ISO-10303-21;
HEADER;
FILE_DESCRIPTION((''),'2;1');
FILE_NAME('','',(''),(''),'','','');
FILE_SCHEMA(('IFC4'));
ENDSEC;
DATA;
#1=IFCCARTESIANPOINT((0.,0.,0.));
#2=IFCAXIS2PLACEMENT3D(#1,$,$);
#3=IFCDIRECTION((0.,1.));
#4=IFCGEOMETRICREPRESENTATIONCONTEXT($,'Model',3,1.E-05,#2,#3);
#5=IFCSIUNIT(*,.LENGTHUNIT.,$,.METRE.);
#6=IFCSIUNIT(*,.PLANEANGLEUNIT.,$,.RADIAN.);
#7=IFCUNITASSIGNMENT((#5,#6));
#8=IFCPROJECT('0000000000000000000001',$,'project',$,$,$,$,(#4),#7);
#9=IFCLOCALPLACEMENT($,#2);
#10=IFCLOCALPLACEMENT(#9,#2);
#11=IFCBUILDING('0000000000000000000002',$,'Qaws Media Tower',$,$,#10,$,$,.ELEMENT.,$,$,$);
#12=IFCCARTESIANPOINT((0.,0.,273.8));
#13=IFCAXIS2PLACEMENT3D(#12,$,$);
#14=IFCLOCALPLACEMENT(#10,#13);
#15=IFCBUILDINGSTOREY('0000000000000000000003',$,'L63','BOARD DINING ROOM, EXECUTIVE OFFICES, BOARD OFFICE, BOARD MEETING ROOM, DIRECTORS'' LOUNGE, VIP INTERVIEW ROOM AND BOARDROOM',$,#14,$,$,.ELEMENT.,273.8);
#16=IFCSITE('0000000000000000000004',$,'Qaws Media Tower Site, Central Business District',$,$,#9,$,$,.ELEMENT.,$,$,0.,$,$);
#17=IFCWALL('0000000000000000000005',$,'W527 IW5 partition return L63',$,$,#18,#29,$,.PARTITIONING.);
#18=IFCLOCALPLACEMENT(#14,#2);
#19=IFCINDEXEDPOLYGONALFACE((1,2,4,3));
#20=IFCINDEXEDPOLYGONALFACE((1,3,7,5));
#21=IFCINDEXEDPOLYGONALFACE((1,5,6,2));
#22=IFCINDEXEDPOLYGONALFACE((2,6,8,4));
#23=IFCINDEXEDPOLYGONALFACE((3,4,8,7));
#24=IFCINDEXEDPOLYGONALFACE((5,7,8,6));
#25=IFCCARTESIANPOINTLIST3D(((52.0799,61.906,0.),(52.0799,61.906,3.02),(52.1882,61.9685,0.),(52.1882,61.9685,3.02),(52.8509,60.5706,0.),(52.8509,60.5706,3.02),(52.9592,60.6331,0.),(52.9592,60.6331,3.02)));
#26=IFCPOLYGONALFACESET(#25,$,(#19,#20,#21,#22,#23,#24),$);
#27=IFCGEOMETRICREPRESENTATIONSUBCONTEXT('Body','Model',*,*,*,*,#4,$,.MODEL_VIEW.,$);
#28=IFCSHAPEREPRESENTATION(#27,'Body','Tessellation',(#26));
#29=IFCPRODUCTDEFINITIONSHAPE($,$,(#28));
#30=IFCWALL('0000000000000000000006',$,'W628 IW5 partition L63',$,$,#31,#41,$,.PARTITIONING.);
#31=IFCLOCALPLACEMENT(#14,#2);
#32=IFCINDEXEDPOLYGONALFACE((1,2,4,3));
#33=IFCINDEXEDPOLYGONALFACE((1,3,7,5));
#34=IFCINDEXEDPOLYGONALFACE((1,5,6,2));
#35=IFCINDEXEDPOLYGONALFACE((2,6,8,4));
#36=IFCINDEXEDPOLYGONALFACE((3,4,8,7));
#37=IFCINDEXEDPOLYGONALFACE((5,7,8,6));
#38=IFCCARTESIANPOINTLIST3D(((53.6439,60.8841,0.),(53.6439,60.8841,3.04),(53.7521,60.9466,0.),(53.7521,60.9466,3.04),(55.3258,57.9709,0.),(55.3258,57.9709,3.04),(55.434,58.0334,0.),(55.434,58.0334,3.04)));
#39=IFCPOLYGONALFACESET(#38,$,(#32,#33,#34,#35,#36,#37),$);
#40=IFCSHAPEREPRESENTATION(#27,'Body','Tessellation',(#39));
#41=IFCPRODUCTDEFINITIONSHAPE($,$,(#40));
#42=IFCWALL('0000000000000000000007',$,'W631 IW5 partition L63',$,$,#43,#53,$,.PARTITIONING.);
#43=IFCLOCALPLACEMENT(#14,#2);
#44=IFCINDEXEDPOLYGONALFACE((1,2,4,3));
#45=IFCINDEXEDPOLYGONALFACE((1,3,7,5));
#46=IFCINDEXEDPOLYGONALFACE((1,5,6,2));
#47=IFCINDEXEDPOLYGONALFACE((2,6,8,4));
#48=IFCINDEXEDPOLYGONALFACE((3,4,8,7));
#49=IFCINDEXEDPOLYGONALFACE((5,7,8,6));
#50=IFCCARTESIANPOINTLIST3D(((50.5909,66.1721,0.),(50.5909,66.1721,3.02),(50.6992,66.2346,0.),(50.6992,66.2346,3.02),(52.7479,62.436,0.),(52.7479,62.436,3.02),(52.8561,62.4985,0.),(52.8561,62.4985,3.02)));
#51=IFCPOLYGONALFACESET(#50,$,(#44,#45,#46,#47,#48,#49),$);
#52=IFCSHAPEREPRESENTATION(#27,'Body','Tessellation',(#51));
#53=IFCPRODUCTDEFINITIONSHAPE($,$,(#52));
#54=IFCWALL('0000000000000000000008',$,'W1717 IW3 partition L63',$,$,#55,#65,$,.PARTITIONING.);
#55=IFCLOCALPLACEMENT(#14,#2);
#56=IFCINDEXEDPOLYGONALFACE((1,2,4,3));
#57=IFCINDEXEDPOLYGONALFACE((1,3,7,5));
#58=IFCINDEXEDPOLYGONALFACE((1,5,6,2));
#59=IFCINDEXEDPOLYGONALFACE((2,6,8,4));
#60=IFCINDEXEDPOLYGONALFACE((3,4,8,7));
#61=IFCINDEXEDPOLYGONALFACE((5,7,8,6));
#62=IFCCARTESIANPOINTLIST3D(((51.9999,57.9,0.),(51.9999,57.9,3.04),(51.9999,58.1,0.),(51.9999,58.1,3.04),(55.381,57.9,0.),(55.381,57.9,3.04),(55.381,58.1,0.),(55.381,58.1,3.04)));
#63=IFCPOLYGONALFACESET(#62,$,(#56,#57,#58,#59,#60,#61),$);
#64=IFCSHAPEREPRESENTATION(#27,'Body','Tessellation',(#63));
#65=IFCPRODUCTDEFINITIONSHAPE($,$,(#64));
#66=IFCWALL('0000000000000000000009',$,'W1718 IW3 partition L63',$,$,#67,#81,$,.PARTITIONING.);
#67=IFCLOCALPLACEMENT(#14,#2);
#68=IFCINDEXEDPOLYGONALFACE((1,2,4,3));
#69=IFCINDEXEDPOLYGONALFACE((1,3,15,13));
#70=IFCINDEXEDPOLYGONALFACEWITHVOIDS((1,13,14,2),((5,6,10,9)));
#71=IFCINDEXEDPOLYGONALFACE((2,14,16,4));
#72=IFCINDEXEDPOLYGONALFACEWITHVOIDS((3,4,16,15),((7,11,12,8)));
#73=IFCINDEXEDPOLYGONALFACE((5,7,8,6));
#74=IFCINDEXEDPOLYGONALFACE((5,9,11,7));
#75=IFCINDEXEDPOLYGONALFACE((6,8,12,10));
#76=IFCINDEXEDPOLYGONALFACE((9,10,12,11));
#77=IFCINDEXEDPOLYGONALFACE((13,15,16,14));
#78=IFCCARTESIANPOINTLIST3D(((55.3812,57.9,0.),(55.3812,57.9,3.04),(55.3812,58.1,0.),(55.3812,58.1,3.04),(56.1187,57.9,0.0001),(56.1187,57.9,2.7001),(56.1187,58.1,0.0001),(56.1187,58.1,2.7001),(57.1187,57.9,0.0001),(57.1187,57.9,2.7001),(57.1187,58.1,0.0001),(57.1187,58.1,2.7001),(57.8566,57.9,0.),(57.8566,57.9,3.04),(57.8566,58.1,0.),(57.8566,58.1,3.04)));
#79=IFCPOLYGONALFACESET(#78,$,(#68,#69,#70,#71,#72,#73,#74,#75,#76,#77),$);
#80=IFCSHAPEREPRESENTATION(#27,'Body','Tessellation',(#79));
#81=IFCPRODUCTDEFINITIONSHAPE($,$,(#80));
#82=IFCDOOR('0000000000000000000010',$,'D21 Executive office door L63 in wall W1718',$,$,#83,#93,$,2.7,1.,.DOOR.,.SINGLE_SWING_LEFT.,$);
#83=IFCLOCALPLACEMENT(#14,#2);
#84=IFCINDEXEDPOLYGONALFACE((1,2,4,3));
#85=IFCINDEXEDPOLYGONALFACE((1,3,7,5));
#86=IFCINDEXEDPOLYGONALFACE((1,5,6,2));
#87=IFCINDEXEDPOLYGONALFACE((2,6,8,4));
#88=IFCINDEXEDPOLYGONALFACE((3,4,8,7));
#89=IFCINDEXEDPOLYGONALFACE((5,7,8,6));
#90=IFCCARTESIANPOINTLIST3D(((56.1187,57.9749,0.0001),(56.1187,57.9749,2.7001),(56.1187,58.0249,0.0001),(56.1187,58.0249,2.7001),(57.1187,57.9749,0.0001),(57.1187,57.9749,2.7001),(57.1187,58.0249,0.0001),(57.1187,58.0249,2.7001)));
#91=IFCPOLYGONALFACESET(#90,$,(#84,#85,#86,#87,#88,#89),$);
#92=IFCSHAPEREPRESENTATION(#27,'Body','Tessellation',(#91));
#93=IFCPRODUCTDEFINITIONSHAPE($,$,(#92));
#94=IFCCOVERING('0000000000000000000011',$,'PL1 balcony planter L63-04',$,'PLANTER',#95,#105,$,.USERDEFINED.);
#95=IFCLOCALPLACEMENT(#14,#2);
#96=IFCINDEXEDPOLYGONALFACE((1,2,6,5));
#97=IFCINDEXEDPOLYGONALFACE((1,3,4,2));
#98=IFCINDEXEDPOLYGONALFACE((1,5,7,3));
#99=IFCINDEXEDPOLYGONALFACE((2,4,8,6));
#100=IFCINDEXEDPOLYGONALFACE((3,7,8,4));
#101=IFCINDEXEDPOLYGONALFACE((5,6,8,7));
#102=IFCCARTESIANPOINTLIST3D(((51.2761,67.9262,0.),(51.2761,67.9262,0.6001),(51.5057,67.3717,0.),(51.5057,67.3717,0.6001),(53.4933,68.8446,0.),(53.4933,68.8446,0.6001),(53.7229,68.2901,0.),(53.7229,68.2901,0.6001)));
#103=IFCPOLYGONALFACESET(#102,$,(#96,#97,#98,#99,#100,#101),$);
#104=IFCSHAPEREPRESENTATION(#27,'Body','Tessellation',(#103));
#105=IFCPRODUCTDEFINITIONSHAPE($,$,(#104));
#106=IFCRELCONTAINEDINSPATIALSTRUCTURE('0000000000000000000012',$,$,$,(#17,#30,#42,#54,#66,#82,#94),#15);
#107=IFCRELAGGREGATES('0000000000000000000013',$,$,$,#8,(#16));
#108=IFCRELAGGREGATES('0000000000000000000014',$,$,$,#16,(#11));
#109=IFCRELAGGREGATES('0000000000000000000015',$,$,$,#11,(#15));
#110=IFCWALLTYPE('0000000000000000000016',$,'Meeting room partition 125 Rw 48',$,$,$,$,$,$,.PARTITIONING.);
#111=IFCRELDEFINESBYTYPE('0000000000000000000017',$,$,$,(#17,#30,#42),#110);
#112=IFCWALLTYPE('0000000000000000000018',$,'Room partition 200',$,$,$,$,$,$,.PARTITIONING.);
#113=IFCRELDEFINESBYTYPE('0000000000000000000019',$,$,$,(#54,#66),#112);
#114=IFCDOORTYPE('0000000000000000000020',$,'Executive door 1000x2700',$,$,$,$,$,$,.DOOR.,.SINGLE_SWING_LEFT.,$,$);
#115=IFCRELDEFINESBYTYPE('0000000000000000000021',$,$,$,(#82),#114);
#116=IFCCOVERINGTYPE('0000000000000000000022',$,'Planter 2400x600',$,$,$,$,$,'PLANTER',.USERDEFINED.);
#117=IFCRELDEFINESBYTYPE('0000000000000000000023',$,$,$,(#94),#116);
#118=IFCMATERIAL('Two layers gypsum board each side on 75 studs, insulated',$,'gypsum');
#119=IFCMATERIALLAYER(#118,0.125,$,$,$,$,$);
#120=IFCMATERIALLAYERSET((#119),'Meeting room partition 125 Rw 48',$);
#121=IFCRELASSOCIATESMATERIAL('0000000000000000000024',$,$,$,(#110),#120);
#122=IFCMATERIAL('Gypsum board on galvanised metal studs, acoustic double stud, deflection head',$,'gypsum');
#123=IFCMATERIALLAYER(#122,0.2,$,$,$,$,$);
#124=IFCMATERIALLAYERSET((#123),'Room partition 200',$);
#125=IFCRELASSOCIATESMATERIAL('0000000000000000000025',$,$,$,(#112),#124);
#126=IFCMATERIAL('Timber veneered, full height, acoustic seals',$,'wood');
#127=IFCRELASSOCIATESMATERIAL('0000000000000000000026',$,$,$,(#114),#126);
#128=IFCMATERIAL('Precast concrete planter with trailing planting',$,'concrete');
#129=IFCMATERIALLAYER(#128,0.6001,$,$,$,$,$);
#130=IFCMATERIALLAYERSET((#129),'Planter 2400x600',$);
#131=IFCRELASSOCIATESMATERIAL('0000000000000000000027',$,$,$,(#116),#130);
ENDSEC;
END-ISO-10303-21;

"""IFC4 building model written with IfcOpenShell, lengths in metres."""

from ifc_helpers import new_model, si_unit, direction, frame, frame_2d, origin, origin_2d, place, context, subcontext, project, spatial, rectangle, extrude, material, layer, layer_set, type_object, element, fill, save


model = new_model("IFC4")

# Units and contexts
model_context = context("Model", 3, precision=1e-05, world=origin(), true_north=direction((0.0, 1.0)))
body_context = subcontext(model_context, "Body", "Model", "MODEL_VIEW")
ifc_project = project(units=[si_unit("LENGTHUNIT", "METRE"), si_unit("PLANEANGLEUNIT", "RADIAN")], contexts=[model_context])

# Site, building, storey
site_placement = place(None, origin())
site = spatial("IfcSite", under=ifc_project, at=site_placement, Name="Qaws Media Tower Site, Central Business District", CompositionType="ELEMENT", RefElevation=0.0)
building_placement = place(site_placement, origin())
building = spatial("IfcBuilding", under=site, at=building_placement, Name="Qaws Media Tower", CompositionType="ELEMENT")
storey_placement = place(building_placement, frame((0.0, 0.0, 273.8)))
storey = spatial("IfcBuildingStorey", under=building, at=storey_placement, Name="L63", Description="BOARD DINING ROOM, EXECUTIVE OFFICES, BOARD OFFICE, BOARD MEETING ROOM, DIRECTORS' LOUNGE, VIP INTERVIEW ROOM AND BOARDROOM", CompositionType="ELEMENT", Elevation=273.8)

# Walls
ifc_material_1 = material(Name="Two layers gypsum board each side on 75 studs, insulated", Category="gypsum")
ifc_layer_1 = layer(ifc_material_1, 0.125)
ifc_layer_set_1 = layer_set([ifc_layer_1], Name="Meeting room partition 125 Rw 48")
wall_type_1 = type_object("IfcWallType", Name="Meeting room partition 125 Rw 48", PredefinedType="PARTITIONING", material=ifc_layer_set_1)
wall_1_placement = place(storey_placement, frame((52.905, 60.6018, 0.0), z_axis=(0.0, 0.0, 1.0), x_axis=(-0.499987, 0.866033, 0.0)))
element("IfcWall", 1, at=wall_1_placement, inside=storey, type_object=wall_type_1, Name="W527 IW5 partition return L63", PredefinedType="PARTITIONING", context=body_context, shape_type="SweptSolid", body=[
    extrude(rectangle(XDim=1.542, YDim=0.125, at=frame_2d((0.771, 0.0))), origin(), (0.0, 0.0, 1.0), 3.02),
])
wall_2_placement = place(storey_placement, frame((55.3799, 58.0022, 0.0), z_axis=(0.0, 0.0, 1.0), x_axis=(-0.500003, 0.866024, 0.0)))
element("IfcWall", 2, at=wall_2_placement, inside=storey, type_object=wall_type_1, Name="W628 IW5 partition L63", PredefinedType="PARTITIONING", context=body_context, shape_type="SweptSolid", body=[
    extrude(rectangle(XDim=3.3638, YDim=0.125, at=frame_2d((1.6819, 0.0))), origin(), (0.0, 0.0, 1.0), 3.04),
])
wall_3_placement = place(storey_placement, frame((52.802, 62.4673, 0.0), z_axis=(0.0, 0.0, 1.0), x_axis=(-0.499992, 0.86603, 0.0)))
element("IfcWall", 3, at=wall_3_placement, inside=storey, type_object=wall_type_1, Name="W631 IW5 partition L63", PredefinedType="PARTITIONING", context=body_context, shape_type="SweptSolid", body=[
    extrude(rectangle(XDim=4.314, YDim=0.125, at=frame_2d((2.157, 0.0))), origin(), (0.0, 0.0, 1.0), 3.02),
])

# Shared definitions
ifc_material_2 = material(Name="Gypsum board on galvanised metal studs, acoustic double stud, deflection head", Category="gypsum")
ifc_layer_2 = layer(ifc_material_2, 0.2)
ifc_layer_set_2 = layer_set([ifc_layer_2], Name="Room partition 200")
wall_type_2 = type_object("IfcWallType", Name="Room partition 200", PredefinedType="PARTITIONING", material=ifc_layer_set_2)

# Wall
wall_4_placement = place(storey_placement, frame((52.0, 58.0, 0.0), z_axis=(0.0, 0.0, 1.0), x_axis=(1.0, 0.0, 0.0)))
element("IfcWall", 4, at=wall_4_placement, inside=storey, type_object=wall_type_2, Name="W1717 IW3 partition L63", PredefinedType="PARTITIONING", context=body_context, shape_type="SweptSolid", body=[
    extrude(rectangle(XDim=3.3811, YDim=0.2, at=frame_2d((1.6904, 0.0))), origin(), (0.0, 0.0, 1.0), 3.04),
])

# Wall, opening, door
wall_5_placement = place(storey_placement, frame((55.3811, 58.0, 0.0), z_axis=(0.0, 0.0, 1.0), x_axis=(1.0, 0.0, 0.0)))
wall_5 = element("IfcWall", 5, at=wall_5_placement, inside=storey, type_object=wall_type_2, Name="W1718 IW3 partition L63", PredefinedType="PARTITIONING", context=body_context, shape_type="SweptSolid", body=[
    extrude(rectangle(XDim=2.4753, YDim=0.2, at=frame_2d((1.2378, 0.0))), origin(), (0.0, 0.0, 1.0), 3.04),
])
opening_1_placement = place(wall_5_placement, frame((0.7375, 0.0, 0.0)))
opening_1 = element("IfcOpeningElement", 6, at=opening_1_placement, cuts=wall_5, PredefinedType="OPENING", context=body_context, shape_type="SweptSolid", body=[
    extrude(rectangle(XDim=1.0, YDim=2.7, at=frame_2d((0.5, 1.3501))), frame((0.0, 0.1099, 0.0), z_axis=(0.0, -1.0, 0.0), x_axis=(1.0, 0.0, 0.0)), (0.0, 0.0, 1.0), 0.22),
])
ifc_material_3 = material(Name="Timber veneered, full height, acoustic seals", Category="wood")
door_type_1 = type_object("IfcDoorType", Name="Executive door 1000x2700", OperationType="SINGLE_SWING_LEFT", PredefinedType="DOOR", material=ifc_material_3)
door_1_placement = place(opening_1_placement, origin())
door_1 = element("IfcDoor", 7, at=door_1_placement, inside=storey, type_object=door_type_1, Name="D21 Executive office door L63 in wall W1718", OperationType="SINGLE_SWING_LEFT", OverallHeight=2.7, OverallWidth=1.0, PredefinedType="DOOR", context=body_context, shape_type="SweptSolid", body=[
    extrude(rectangle(XDim=1.0, YDim=2.7, at=frame_2d((0.5, 1.3501))), frame((0.0, 0.0249, 0.0), z_axis=(0.0, -1.0, 0.0), x_axis=(1.0, 0.0, 0.0)), (0.0, 0.0, 1.0), 0.05),
])
fill(opening_1, door_1)

# Covering
ifc_material_4 = material(Name="Precast concrete planter with trailing planting", Category="concrete")
ifc_layer_3 = layer(ifc_material_4, 0.6001)
ifc_layer_set_3 = layer_set([ifc_layer_3], Name="Planter 2400x600")
covering_type = type_object("IfcCoveringType", Name="Planter 2400x600", ElementType="PLANTER", PredefinedType="USERDEFINED", material=ifc_layer_set_3)
covering_placement = place(storey_placement, frame((52.4995, 68.1082, 0.0), z_axis=(0.0, 0.0, 1.0), x_axis=(-0.92388, -0.382683, 0.0)))
element("IfcCovering", 8, at=covering_placement, inside=storey, type_object=covering_type, Name="PL1 balcony planter L63-04", ObjectType="PLANTER", PredefinedType="USERDEFINED", context=body_context, shape_type="SweptSolid", body=[
    extrude(rectangle(XDim=2.3999, YDim=0.6001, at=origin_2d()), origin(), (0.0, 0.0, 1.0), 0.6001),
])

save(model, "model.ifc")
